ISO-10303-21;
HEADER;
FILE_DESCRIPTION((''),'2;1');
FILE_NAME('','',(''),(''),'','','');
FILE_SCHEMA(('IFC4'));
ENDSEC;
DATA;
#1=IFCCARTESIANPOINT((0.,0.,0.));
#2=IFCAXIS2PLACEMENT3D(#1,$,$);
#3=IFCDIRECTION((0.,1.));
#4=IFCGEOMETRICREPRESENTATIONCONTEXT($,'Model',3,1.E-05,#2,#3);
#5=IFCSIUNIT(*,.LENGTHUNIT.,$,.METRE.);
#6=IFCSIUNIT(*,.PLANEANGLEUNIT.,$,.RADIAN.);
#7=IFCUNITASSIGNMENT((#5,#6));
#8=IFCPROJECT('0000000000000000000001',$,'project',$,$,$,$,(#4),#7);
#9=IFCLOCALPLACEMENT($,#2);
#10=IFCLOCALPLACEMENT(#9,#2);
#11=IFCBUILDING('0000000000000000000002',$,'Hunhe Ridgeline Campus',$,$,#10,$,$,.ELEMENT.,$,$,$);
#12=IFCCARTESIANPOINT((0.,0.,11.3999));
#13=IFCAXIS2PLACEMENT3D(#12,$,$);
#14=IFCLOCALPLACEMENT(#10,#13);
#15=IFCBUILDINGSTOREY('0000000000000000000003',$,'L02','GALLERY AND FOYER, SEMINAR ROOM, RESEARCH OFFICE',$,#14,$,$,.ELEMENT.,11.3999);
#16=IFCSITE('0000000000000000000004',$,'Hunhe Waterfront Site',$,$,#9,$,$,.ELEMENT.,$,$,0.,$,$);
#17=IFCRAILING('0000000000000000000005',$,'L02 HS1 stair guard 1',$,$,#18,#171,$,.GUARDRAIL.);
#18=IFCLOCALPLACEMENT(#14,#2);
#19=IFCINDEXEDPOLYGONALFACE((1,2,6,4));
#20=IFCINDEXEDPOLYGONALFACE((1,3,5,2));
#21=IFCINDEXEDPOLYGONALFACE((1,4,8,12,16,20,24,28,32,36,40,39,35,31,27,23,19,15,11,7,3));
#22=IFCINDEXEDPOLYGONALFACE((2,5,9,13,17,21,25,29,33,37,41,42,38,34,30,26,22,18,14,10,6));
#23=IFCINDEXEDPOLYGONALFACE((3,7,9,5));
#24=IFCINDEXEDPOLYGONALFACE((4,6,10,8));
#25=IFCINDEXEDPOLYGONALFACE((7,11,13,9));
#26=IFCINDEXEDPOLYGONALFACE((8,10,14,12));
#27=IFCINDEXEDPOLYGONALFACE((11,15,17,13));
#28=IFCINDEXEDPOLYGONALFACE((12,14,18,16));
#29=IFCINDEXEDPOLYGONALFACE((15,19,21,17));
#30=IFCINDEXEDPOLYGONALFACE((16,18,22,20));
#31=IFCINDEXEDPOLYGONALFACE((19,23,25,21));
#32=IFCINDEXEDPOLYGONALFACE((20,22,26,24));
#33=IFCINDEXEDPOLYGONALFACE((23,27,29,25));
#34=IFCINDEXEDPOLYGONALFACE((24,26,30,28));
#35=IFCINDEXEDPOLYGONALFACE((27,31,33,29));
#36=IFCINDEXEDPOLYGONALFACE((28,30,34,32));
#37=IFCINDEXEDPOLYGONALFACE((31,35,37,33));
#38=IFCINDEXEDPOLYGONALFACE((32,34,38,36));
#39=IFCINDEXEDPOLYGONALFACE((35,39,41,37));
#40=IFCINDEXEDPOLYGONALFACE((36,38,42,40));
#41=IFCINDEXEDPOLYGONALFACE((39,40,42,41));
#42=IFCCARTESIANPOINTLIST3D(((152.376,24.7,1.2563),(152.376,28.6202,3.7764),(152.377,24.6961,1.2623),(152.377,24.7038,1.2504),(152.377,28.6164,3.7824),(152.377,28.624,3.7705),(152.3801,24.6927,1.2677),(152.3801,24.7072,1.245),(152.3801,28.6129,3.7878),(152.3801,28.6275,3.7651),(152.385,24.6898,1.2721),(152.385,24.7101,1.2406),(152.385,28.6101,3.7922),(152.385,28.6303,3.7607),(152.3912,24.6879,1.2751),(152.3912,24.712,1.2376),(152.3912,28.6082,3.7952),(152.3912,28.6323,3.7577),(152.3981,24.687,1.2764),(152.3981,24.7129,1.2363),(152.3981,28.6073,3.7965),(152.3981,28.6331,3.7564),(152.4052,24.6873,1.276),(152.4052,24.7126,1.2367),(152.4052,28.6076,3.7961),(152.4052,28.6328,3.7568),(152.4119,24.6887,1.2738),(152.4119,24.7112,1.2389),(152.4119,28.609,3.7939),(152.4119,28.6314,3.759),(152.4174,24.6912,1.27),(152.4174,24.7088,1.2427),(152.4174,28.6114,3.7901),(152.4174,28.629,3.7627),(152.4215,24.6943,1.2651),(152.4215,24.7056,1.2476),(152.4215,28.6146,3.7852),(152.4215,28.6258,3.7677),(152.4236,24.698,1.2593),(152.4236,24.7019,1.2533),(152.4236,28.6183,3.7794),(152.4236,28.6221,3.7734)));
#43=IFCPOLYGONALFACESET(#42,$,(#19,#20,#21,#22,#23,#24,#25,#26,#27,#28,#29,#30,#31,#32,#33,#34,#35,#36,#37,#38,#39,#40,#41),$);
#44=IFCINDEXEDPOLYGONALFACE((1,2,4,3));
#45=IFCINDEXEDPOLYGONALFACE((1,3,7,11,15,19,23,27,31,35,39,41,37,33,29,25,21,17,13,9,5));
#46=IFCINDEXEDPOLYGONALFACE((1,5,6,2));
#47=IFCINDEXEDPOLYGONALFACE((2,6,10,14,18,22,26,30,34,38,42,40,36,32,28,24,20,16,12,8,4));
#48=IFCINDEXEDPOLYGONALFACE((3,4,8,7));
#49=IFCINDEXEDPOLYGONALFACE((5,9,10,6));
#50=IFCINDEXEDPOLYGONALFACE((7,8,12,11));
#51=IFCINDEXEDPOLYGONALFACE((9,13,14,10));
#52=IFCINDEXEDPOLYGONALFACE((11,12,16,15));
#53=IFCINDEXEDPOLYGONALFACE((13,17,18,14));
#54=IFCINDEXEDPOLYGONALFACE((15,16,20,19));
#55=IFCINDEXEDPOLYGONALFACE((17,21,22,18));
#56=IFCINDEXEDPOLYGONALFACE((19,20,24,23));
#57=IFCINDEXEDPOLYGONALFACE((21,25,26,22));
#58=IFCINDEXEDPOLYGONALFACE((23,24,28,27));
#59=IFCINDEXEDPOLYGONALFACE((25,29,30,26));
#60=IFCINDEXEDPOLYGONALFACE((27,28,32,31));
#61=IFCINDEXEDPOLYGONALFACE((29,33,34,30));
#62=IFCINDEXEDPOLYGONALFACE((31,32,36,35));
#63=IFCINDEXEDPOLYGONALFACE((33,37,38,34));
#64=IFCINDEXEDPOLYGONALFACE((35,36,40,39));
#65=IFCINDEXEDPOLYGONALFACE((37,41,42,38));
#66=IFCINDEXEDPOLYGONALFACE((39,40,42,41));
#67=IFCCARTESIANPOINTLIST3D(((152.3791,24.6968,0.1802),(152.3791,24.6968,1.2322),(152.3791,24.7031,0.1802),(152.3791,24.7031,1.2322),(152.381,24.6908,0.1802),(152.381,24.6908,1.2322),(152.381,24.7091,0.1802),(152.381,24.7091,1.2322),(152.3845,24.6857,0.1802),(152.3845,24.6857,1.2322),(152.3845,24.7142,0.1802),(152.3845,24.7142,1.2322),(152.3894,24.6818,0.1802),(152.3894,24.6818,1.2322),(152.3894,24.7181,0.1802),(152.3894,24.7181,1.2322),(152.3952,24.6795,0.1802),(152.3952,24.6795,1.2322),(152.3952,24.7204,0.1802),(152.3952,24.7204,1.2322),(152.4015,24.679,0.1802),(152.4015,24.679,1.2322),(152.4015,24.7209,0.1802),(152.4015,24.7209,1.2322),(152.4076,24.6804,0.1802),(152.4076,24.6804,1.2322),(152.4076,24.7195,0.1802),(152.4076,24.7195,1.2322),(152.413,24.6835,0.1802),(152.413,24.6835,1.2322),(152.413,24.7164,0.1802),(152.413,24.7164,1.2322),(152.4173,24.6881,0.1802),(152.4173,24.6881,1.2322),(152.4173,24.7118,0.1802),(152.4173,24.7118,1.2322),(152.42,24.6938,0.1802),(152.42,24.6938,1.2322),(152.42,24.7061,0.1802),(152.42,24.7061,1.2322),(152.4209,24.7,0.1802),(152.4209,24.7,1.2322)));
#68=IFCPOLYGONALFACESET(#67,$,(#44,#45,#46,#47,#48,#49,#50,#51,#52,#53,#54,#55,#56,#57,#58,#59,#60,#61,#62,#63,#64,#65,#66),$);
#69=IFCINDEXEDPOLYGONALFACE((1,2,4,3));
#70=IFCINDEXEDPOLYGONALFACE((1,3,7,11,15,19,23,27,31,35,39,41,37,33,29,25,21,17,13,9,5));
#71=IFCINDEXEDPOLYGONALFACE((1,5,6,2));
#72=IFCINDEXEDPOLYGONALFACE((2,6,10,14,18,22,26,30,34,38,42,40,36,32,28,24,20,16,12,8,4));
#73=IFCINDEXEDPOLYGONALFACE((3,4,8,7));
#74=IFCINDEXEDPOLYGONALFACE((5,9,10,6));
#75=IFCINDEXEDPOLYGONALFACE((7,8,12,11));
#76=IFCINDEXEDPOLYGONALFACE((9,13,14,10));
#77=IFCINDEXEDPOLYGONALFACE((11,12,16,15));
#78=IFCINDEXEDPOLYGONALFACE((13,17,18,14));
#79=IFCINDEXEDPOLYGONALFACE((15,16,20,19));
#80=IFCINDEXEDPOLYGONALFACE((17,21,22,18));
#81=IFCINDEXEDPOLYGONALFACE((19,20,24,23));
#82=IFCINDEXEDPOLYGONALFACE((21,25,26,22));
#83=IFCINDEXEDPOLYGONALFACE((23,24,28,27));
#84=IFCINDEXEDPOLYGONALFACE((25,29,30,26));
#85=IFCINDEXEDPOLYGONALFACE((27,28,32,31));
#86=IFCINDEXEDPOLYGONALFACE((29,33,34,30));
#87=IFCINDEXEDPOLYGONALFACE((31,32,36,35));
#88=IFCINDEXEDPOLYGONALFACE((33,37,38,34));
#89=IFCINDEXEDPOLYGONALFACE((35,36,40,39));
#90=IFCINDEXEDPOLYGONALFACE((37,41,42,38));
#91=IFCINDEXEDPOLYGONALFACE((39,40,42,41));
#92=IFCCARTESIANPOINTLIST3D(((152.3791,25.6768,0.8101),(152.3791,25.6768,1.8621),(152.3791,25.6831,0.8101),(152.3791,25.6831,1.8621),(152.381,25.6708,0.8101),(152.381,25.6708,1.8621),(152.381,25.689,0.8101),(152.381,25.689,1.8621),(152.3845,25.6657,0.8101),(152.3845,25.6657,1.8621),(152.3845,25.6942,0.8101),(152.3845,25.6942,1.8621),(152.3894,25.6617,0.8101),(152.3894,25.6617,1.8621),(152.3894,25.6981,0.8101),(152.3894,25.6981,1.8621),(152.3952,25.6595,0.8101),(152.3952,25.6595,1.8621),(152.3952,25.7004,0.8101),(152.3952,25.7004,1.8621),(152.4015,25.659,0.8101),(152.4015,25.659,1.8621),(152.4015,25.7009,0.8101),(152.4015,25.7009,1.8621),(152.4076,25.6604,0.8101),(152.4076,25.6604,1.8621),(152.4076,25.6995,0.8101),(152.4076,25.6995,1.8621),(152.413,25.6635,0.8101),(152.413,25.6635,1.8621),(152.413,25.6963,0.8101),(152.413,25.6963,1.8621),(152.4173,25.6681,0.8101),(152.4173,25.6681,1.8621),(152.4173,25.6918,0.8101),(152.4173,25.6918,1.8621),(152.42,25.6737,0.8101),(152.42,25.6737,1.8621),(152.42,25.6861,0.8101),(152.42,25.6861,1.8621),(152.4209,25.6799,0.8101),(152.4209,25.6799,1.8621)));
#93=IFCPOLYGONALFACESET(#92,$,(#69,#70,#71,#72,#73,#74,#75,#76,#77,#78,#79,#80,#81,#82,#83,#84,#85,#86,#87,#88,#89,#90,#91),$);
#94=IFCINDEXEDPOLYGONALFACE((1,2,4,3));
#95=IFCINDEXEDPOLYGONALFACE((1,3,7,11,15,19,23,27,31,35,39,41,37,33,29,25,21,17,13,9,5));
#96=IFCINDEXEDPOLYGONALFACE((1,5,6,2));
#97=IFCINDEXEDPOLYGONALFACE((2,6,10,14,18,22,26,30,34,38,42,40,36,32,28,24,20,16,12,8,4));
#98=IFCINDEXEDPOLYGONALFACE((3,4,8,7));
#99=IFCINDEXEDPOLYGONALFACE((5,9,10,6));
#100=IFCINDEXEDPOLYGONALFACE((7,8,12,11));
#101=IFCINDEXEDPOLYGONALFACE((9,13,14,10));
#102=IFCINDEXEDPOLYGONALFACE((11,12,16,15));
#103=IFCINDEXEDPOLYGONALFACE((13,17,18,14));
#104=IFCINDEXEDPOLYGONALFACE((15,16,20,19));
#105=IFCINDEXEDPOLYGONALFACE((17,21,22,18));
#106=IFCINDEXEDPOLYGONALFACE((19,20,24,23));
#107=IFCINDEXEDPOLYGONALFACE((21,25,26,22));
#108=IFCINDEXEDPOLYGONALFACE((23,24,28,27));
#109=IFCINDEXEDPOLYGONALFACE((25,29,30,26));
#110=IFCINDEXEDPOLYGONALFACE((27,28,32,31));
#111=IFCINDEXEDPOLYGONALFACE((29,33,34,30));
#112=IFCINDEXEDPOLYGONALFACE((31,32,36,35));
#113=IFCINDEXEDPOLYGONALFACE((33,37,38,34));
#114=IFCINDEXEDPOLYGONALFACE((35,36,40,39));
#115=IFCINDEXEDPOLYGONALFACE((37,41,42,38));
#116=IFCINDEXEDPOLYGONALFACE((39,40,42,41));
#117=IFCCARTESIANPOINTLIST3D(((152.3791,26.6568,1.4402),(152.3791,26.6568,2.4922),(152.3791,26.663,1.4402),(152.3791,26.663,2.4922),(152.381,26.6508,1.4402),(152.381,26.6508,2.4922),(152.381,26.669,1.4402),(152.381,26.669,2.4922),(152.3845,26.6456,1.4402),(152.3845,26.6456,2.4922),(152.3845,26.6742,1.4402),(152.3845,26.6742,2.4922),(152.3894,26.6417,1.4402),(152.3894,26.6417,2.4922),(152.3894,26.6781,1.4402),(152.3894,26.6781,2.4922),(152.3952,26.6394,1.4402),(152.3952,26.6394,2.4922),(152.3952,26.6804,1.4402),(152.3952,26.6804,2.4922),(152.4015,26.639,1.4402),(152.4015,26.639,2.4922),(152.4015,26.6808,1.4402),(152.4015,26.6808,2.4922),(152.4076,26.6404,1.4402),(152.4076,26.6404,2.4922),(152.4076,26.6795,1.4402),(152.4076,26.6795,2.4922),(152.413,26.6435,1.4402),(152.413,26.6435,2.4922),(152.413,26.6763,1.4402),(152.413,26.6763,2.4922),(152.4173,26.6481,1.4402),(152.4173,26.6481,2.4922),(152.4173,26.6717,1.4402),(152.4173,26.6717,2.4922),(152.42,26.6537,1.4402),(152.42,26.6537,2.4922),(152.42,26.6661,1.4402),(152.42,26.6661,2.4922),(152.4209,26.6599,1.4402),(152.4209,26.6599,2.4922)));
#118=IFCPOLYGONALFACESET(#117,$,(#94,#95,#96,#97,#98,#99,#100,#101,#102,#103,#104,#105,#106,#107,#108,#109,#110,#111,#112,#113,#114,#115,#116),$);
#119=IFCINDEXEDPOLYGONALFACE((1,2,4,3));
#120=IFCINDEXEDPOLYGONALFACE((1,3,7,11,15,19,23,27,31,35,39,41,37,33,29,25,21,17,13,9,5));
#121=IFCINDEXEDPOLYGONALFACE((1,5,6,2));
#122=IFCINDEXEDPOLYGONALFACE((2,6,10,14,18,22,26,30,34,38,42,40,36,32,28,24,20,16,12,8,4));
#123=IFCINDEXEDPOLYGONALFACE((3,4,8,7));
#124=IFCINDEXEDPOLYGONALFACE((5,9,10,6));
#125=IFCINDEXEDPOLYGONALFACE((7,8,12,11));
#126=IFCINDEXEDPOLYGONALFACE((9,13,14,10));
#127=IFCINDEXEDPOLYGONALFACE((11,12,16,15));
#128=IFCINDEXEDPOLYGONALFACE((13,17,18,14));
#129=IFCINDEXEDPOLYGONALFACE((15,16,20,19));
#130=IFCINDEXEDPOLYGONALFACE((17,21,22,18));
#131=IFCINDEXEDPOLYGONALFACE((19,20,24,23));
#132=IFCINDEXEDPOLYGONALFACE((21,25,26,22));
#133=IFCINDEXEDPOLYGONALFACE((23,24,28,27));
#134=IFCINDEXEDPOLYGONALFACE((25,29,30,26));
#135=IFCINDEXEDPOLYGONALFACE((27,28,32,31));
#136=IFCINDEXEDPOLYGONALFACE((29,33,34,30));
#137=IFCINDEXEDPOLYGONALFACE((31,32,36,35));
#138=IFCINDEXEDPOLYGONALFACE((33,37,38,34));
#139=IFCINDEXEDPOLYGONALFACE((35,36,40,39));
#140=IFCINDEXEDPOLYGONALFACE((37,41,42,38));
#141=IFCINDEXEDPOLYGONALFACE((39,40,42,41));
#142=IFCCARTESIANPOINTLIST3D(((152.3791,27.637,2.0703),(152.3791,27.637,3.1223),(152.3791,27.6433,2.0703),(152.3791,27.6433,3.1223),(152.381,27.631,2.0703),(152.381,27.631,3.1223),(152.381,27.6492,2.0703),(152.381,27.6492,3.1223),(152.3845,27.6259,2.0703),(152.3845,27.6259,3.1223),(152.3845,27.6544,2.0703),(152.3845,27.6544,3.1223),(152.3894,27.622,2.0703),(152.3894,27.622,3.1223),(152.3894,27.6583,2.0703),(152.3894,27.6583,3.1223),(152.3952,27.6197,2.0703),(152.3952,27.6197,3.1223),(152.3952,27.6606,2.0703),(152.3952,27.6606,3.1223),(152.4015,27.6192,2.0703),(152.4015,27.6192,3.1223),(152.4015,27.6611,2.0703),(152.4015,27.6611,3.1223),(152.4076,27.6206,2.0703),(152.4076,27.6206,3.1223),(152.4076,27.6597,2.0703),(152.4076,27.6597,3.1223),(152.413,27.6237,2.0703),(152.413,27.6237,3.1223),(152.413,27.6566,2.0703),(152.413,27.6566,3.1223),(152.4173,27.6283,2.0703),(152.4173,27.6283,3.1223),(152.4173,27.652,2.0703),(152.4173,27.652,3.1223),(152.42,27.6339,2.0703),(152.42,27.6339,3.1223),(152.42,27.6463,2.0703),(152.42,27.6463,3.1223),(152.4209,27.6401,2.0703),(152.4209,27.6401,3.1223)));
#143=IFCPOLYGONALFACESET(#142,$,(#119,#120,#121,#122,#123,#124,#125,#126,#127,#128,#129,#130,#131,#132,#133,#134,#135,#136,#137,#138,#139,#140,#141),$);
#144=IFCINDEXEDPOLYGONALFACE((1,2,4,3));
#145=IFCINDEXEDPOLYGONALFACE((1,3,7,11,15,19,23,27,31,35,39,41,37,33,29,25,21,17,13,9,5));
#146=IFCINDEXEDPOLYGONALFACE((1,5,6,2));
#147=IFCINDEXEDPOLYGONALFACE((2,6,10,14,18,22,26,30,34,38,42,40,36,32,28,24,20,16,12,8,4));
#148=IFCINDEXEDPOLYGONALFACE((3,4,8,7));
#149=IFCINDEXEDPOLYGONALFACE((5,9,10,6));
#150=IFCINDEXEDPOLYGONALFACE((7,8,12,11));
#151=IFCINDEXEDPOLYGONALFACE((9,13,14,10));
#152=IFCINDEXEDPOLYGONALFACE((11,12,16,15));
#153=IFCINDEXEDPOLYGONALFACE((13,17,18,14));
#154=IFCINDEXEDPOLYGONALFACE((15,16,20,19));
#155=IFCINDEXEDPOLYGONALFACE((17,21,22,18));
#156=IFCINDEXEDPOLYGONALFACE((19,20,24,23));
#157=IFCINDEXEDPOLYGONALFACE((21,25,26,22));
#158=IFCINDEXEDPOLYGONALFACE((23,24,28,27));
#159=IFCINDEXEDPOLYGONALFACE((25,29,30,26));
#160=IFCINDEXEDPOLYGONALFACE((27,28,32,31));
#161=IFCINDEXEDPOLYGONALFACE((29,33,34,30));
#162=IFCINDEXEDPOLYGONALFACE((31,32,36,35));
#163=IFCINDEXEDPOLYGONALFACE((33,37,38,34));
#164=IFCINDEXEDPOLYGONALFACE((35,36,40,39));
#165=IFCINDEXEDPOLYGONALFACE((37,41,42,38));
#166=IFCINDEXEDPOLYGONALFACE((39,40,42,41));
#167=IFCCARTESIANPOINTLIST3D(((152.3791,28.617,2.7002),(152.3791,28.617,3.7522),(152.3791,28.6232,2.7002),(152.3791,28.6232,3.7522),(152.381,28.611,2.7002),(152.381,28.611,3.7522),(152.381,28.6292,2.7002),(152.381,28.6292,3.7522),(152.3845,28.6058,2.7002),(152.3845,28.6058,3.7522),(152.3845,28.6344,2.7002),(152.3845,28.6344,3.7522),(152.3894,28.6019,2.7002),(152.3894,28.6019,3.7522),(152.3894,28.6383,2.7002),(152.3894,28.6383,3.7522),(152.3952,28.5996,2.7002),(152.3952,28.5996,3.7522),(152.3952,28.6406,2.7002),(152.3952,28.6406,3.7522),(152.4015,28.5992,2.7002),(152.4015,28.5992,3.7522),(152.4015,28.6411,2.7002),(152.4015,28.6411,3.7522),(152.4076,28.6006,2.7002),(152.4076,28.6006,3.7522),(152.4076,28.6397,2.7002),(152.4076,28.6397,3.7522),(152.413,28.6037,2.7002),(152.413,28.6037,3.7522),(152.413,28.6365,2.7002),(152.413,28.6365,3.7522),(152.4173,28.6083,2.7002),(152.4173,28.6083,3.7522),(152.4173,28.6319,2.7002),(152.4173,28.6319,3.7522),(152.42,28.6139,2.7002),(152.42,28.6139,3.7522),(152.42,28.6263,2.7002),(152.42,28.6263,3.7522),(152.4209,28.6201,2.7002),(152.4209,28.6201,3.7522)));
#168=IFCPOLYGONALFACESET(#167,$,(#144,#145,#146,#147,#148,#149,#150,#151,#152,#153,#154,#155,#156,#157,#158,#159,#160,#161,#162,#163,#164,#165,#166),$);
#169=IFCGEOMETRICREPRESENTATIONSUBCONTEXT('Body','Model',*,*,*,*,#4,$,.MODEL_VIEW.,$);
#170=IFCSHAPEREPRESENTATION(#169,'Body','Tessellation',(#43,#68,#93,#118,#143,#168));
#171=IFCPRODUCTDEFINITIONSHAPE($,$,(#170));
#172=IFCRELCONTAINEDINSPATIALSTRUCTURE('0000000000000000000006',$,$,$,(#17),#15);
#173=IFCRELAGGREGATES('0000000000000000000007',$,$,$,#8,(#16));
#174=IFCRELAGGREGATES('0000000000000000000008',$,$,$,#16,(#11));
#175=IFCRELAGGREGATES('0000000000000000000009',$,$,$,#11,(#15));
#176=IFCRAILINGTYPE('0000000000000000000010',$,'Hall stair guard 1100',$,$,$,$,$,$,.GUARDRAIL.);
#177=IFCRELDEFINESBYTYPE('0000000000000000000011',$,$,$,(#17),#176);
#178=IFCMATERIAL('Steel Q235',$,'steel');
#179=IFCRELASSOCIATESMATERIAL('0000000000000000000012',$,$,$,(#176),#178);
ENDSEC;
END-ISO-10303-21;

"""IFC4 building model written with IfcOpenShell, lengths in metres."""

from ifc_helpers import new_model, si_unit, direction, frame, origin, origin_2d, place, context, subcontext, project, spatial, circle, extrude, material, type_object, element, save


model = new_model("IFC4")

# Units and contexts
model_context = context("Model", 3, precision=1e-05, world=origin(), true_north=direction((0.0, 1.0)))
body_context = subcontext(model_context, "Body", "Model", "MODEL_VIEW")
ifc_project = project(units=[si_unit("LENGTHUNIT", "METRE"), si_unit("PLANEANGLEUNIT", "RADIAN")], contexts=[model_context])

# Site, building, storey
site_placement = place(None, origin())
site = spatial("IfcSite", under=ifc_project, at=site_placement, Name="Hunhe Waterfront Site", CompositionType="ELEMENT", RefElevation=0.0)
building_placement = place(site_placement, origin())
building = spatial("IfcBuilding", under=site, at=building_placement, Name="Hunhe Ridgeline Campus", CompositionType="ELEMENT")
storey_placement = place(building_placement, frame((0.0, 0.0, 11.3999)))
storey = spatial("IfcBuildingStorey", under=building, at=storey_placement, Name="L02", Description="GALLERY AND FOYER, SEMINAR ROOM, RESEARCH OFFICE", CompositionType="ELEMENT", Elevation=11.3999)

# Shared definitions
ifc_material_1 = material(Name="Steel Q235", Category="steel")

# Railing
railing_type_1 = type_object("IfcRailingType", Name="Hall stair guard 1100", PredefinedType="GUARDRAIL", material=ifc_material_1)
railing_1_placement = place(storey_placement, frame((152.3999, 24.7, 0.1802)))
element("IfcRailing", 1, at=railing_1_placement, inside=storey, type_object=railing_type_1, Name="L02 HS1 stair guard 1", PredefinedType="GUARDRAIL", context=body_context, shape_type="SweptSolid", body=[
    extrude(circle(Radius=0.0239, at=origin_2d()), frame((0.0, 0.0, 1.0762), z_axis=(0.0, 0.841187, 0.540744), x_axis=(-1.0, 0.0, 0.0)), (0.0, 0.0, 1.0), 4.6604),
    extrude(circle(Radius=0.021, at=origin_2d()), origin(), (0.0, 0.0, 1.0), 1.052),
    extrude(circle(Radius=0.021, at=origin_2d()), frame((0.0, 0.98, 0.6299)), (0.0, 0.0, 1.0), 1.052),
    extrude(circle(Radius=0.021, at=origin_2d()), frame((0.0, 1.96, 1.26)), (0.0, 0.0, 1.0), 1.052),
    extrude(circle(Radius=0.021, at=origin_2d()), frame((0.0, 2.9402, 1.8901)), (0.0, 0.0, 1.0), 1.052),
    extrude(circle(Radius=0.021, at=origin_2d()), frame((0.0, 3.9202, 2.52)), (0.0, 0.0, 1.0), 1.052),
])

save(model, "model.ifc")
